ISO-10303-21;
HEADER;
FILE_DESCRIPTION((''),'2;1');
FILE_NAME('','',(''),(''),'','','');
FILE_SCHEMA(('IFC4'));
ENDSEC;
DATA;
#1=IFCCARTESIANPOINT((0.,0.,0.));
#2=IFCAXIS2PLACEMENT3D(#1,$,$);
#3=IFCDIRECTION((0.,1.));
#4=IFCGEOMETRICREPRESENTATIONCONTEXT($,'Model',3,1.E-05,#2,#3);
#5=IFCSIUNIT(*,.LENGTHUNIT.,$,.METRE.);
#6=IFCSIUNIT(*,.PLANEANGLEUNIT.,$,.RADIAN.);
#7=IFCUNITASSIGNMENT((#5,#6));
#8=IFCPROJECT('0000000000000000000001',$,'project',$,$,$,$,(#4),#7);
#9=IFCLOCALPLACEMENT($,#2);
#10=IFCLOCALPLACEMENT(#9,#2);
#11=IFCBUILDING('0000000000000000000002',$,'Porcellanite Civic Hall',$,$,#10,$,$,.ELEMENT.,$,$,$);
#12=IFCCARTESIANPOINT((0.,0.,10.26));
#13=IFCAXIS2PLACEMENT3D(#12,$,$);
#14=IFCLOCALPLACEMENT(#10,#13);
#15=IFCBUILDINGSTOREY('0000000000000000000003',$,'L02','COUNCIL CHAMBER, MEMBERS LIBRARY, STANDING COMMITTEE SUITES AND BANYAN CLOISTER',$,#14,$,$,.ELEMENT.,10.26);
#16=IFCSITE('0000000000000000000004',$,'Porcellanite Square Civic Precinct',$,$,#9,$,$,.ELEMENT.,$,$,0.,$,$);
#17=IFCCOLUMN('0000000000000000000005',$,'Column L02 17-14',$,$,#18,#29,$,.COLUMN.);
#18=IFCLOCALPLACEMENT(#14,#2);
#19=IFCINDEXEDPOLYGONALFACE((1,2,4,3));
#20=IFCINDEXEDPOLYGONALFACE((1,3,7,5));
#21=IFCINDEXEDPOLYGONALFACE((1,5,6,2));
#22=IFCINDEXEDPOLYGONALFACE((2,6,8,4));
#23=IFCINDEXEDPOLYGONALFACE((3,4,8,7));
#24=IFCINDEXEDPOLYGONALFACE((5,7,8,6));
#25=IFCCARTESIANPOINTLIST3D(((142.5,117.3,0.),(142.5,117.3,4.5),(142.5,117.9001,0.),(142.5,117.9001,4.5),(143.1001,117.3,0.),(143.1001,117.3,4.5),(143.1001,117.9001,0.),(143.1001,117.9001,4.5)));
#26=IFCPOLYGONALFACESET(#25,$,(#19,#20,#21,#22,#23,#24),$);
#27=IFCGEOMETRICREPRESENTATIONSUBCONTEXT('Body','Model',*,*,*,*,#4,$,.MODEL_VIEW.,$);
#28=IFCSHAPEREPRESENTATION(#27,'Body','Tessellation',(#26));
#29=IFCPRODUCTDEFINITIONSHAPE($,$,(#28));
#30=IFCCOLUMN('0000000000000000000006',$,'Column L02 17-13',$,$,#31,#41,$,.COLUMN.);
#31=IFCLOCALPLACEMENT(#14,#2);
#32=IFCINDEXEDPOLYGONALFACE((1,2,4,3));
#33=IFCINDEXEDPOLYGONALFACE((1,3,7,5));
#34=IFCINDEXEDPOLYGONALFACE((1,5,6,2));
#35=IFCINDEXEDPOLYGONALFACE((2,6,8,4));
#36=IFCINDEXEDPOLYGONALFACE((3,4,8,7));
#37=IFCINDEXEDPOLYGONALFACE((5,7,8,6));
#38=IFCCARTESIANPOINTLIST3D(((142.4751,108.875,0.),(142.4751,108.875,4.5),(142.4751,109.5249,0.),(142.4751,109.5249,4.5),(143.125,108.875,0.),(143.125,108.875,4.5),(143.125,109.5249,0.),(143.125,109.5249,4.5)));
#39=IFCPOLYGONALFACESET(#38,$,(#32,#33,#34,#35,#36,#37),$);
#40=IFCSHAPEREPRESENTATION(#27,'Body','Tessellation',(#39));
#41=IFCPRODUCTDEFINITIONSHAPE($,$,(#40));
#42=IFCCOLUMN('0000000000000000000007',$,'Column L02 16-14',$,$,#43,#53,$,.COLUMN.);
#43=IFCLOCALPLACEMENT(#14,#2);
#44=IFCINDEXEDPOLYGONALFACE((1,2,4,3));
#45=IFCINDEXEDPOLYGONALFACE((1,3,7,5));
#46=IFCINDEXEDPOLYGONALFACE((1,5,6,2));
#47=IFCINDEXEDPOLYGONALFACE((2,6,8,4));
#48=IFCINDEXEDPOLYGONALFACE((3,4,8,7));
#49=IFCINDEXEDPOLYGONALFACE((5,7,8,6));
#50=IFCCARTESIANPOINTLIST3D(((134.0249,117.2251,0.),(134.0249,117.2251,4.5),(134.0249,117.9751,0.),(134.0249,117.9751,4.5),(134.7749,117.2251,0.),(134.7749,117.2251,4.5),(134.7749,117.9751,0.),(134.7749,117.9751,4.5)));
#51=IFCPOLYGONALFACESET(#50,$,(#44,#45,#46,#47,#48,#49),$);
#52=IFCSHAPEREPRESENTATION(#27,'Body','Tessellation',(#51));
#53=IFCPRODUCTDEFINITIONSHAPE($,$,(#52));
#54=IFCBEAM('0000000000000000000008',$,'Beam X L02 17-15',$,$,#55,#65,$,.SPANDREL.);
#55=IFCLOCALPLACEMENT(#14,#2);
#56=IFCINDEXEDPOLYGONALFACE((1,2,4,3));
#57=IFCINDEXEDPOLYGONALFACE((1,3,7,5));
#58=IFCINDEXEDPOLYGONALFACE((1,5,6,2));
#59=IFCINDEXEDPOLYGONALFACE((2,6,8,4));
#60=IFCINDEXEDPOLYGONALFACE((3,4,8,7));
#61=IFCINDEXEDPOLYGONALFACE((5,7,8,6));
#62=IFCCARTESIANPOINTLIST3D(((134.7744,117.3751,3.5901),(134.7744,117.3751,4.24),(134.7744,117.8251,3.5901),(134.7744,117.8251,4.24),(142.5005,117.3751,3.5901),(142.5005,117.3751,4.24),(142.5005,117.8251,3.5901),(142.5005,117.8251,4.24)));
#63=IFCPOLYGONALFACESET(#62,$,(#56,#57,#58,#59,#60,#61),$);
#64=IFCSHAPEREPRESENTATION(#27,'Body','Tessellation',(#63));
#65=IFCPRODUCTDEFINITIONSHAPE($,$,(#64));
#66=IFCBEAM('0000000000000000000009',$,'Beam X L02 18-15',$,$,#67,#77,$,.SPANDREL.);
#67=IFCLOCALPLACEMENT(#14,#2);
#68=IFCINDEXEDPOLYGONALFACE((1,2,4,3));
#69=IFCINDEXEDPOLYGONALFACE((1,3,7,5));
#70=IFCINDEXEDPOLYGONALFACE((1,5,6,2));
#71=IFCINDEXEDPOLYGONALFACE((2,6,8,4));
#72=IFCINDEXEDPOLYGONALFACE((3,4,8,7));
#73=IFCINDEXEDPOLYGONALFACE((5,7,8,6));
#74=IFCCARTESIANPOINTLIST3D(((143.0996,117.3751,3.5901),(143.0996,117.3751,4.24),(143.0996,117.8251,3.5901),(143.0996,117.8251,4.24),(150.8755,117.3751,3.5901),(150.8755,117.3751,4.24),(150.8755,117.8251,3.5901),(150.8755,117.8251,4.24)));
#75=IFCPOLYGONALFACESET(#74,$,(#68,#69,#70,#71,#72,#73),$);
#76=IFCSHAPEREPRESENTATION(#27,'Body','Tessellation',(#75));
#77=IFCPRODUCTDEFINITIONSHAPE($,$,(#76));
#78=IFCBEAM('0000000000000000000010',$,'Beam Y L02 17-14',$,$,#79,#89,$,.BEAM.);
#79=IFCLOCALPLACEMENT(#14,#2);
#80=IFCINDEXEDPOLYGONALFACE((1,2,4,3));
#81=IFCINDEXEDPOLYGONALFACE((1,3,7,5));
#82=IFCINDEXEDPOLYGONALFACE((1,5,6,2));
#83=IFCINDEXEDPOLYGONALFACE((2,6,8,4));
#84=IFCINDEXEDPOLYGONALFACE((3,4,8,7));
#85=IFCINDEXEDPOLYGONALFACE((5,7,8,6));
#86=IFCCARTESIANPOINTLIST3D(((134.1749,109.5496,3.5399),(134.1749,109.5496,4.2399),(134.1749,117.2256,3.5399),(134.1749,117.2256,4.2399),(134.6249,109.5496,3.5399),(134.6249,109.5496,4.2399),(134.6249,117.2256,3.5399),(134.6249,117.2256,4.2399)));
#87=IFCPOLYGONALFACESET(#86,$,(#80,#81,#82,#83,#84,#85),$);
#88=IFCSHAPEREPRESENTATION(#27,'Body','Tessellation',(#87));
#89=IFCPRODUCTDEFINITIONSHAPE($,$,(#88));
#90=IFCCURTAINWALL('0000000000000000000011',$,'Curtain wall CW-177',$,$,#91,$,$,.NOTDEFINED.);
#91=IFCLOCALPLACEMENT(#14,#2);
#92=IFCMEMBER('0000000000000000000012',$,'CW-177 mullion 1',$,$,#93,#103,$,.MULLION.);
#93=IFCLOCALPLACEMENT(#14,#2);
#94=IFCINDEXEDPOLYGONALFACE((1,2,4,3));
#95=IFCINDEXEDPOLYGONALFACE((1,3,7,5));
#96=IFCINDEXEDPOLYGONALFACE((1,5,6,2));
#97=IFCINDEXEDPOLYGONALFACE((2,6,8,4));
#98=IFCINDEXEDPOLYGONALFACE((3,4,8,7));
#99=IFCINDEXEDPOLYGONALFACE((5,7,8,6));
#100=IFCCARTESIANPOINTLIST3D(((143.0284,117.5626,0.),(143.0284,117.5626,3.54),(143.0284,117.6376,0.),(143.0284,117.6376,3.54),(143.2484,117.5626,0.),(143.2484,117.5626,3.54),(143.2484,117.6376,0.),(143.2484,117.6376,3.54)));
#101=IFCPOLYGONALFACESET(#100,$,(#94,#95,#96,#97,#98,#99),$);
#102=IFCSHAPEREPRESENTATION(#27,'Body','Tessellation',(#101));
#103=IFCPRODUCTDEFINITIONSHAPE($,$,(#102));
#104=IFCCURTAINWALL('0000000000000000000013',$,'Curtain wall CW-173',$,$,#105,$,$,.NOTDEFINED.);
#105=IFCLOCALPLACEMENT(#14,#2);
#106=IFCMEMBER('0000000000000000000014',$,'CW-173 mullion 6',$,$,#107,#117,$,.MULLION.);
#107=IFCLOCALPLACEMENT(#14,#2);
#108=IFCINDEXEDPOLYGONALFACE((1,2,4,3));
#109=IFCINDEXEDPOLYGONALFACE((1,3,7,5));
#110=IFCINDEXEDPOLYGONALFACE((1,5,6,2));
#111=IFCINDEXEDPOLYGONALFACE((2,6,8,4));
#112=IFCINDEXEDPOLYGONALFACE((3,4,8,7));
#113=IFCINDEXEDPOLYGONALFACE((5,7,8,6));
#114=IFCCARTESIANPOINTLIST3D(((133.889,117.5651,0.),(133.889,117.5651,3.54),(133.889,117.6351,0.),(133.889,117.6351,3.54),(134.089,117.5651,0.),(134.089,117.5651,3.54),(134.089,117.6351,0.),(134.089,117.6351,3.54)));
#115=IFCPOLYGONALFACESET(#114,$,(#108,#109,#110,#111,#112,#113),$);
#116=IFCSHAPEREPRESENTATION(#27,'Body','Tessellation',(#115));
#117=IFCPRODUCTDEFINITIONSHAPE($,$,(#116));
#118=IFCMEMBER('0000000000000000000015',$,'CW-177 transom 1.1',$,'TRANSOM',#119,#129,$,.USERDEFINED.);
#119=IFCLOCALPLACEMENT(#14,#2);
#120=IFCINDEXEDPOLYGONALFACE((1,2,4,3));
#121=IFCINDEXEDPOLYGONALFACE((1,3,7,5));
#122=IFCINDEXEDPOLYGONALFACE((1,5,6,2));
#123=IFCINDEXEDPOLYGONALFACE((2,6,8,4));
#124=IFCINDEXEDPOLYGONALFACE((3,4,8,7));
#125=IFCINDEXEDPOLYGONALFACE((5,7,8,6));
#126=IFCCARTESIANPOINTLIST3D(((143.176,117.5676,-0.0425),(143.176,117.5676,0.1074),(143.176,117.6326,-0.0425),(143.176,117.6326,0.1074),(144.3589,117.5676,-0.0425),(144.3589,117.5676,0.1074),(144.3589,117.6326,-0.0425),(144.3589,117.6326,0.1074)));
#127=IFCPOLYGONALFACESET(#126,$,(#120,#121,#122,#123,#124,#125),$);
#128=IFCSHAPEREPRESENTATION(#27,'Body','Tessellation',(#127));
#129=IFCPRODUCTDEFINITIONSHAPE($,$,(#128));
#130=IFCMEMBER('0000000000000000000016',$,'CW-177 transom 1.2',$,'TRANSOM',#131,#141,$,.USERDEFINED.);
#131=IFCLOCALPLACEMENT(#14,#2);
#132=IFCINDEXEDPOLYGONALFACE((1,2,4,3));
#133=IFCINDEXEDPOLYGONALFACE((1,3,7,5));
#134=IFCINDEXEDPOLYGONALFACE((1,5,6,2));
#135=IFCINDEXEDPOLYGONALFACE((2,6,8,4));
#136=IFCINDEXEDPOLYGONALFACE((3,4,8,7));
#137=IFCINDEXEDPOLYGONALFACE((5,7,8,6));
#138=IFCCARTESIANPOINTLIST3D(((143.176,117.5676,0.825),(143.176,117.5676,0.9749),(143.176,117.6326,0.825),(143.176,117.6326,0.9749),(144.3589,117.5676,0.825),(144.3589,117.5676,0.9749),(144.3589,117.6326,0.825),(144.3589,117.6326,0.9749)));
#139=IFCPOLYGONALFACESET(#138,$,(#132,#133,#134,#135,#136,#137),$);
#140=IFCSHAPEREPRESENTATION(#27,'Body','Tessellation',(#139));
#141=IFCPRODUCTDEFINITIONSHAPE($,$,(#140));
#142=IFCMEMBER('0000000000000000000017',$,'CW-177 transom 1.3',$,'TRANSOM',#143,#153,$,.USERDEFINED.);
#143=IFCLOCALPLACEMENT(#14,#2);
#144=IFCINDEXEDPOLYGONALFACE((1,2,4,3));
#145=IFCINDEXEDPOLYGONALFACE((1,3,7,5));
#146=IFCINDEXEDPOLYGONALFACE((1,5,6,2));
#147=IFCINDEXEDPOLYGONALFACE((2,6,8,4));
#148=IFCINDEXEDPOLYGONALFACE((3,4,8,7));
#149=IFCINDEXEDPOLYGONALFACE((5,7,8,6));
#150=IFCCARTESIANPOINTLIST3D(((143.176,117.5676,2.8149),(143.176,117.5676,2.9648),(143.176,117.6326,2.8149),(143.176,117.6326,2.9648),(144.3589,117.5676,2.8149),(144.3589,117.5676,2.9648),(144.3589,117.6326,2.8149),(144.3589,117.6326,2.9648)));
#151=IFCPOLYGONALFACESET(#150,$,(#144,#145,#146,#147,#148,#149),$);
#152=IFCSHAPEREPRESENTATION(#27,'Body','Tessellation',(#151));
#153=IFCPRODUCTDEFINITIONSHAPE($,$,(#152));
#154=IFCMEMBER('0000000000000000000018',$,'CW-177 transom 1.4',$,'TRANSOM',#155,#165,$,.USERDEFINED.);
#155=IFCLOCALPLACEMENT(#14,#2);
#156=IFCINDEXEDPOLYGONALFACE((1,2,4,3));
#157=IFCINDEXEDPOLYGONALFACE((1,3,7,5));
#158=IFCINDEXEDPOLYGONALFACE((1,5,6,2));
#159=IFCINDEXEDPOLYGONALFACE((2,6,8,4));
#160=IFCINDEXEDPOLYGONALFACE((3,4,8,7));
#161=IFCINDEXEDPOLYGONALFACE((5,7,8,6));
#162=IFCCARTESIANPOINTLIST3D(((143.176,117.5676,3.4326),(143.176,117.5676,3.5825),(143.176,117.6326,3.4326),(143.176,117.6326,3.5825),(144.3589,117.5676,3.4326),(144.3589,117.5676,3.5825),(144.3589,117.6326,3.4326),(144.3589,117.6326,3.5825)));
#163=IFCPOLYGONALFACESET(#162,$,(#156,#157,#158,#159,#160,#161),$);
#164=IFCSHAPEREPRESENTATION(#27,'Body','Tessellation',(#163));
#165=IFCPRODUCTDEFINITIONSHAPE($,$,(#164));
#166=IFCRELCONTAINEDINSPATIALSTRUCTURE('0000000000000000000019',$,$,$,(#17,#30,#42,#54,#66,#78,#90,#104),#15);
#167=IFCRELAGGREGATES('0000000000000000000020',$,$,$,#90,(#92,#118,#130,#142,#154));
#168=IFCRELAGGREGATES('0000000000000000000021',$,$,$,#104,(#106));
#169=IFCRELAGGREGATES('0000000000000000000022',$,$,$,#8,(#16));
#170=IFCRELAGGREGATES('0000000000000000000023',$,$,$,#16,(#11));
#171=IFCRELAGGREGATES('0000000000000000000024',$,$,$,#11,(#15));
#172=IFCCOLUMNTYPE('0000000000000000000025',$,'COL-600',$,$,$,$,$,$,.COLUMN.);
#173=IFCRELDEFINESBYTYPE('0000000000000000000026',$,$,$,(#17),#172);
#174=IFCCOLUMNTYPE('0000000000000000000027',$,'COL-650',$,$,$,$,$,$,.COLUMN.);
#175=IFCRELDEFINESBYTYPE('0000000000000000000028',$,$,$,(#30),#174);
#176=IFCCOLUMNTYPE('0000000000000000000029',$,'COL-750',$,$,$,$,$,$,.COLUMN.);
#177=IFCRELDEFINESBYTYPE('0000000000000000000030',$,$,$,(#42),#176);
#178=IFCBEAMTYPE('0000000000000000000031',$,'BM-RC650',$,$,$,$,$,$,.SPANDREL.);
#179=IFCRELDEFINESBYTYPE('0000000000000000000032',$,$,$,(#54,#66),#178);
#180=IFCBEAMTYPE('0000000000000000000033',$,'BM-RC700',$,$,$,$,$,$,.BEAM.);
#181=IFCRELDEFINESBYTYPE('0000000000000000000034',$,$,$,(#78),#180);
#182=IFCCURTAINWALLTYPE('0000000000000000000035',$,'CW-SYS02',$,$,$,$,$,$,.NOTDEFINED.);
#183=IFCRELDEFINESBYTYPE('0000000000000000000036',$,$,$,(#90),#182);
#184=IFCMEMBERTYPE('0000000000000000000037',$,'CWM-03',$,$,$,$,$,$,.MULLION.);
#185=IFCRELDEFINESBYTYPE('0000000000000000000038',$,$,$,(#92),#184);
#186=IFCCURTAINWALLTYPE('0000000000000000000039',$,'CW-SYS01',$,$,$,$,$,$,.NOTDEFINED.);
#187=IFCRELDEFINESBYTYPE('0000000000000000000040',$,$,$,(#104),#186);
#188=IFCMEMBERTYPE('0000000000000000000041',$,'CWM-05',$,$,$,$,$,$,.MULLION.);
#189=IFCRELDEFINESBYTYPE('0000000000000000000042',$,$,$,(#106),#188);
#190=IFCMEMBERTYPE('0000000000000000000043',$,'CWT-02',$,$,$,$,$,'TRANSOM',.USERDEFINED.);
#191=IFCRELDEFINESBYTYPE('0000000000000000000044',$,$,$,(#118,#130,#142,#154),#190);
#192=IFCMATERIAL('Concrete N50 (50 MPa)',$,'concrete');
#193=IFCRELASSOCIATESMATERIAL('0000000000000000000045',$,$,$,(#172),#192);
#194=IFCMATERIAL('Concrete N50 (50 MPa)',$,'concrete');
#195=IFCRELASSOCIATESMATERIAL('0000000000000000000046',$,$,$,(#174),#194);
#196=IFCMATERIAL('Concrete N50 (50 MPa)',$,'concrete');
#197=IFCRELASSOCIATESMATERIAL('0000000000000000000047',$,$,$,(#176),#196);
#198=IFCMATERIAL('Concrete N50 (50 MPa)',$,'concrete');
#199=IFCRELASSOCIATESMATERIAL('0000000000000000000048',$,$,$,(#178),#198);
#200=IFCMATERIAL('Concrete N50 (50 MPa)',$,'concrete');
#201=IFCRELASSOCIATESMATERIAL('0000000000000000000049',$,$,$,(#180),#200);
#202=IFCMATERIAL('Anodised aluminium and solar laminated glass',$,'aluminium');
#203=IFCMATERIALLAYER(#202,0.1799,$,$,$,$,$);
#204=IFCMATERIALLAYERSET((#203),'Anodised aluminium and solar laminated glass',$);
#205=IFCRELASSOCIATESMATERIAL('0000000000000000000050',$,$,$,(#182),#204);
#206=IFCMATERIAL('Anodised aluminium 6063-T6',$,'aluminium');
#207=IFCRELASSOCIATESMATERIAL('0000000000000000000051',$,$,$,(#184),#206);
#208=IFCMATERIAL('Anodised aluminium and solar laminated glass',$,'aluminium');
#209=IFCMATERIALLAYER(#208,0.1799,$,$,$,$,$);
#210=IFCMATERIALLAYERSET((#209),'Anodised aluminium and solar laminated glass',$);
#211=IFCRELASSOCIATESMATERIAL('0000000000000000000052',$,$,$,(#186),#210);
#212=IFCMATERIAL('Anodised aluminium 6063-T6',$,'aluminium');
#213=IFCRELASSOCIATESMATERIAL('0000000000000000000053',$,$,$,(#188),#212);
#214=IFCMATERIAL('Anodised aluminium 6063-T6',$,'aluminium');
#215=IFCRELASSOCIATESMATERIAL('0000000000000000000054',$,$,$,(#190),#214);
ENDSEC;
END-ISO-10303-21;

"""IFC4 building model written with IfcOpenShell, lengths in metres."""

from ifc_helpers import new_model, si_unit, direction, frame, origin, origin_2d, place, context, subcontext, project, spatial, rectangle, extrude, material, layer, layer_set, material_profile, profile_set, type_object, element, aggregate, save


model = new_model("IFC4")

# Units and contexts
model_context = context("Model", 3, precision=1e-05, world=origin(), true_north=direction((0.0, 1.0)))
body_context = subcontext(model_context, "Body", "Model", "MODEL_VIEW")
ifc_project = project(units=[si_unit("LENGTHUNIT", "METRE"), si_unit("PLANEANGLEUNIT", "RADIAN")], contexts=[model_context])

# Site, building, storey
site_placement = place(None, origin())
site = spatial("IfcSite", under=ifc_project, at=site_placement, Name="Porcellanite Square Civic Precinct", CompositionType="ELEMENT", RefElevation=0.0)
building_placement = place(site_placement, origin())
building = spatial("IfcBuilding", under=site, at=building_placement, Name="Porcellanite Civic Hall", CompositionType="ELEMENT")
storey_placement = place(building_placement, frame((0.0, 0.0, 10.26)))
storey = spatial("IfcBuildingStorey", under=building, at=storey_placement, Name="L02", Description="COUNCIL CHAMBER, MEMBERS LIBRARY, STANDING COMMITTEE SUITES AND BANYAN CLOISTER", CompositionType="ELEMENT", Elevation=10.26)

# Columns
ifc_material_1 = material(Name="Concrete N50 (50 MPa)", Category="concrete")
ifc_material_profile_1 = material_profile(ifc_material_1, rectangle(XDim=0.6001, YDim=0.6001, at=origin_2d()), Name="RC-600x600")
ifc_profile_set_1 = profile_set([ifc_material_profile_1], Name="Concrete N50 (50 MPa)")
column_type_1 = type_object("IfcColumnType", Name="COL-600", PredefinedType="COLUMN", material=ifc_profile_set_1)
column_1_placement = place(storey_placement, frame((142.8, 117.6001, 0.0), z_axis=(0.0, 0.0, 1.0), x_axis=(1.0, 0.0, 0.0)))
element("IfcColumn", 1, at=column_1_placement, inside=storey, type_object=column_type_1, Name="Column L02 17-14", PredefinedType="COLUMN", context=body_context, shape_type="SweptSolid", body=[
    extrude(rectangle(XDim=0.6001, YDim=0.6001, at=origin_2d()), origin(), (0.0, 0.0, 1.0), 4.5),
])
ifc_material_2 = material(Name="Concrete N50 (50 MPa)", Category="concrete")
ifc_material_profile_2 = material_profile(ifc_material_2, rectangle(XDim=0.6499, YDim=0.6499, at=origin_2d()), Name="RC-650x650")
ifc_profile_set_2 = profile_set([ifc_material_profile_2], Name="Concrete N50 (50 MPa)")
column_type_2 = type_object("IfcColumnType", Name="COL-650", PredefinedType="COLUMN", material=ifc_profile_set_2)
column_2_placement = place(storey_placement, frame((142.8, 109.2, 0.0), z_axis=(0.0, 0.0, 1.0), x_axis=(1.0, 0.0, 0.0)))
element("IfcColumn", 2, at=column_2_placement, inside=storey, type_object=column_type_2, Name="Column L02 17-13", PredefinedType="COLUMN", context=body_context, shape_type="SweptSolid", body=[
    extrude(rectangle(XDim=0.6499, YDim=0.6499, at=origin_2d()), origin(), (0.0, 0.0, 1.0), 4.5),
])
ifc_material_3 = material(Name="Concrete N50 (50 MPa)", Category="concrete")
ifc_material_profile_3 = material_profile(ifc_material_3, rectangle(XDim=0.75, YDim=0.75, at=origin_2d()), Name="RC-750x750")
ifc_profile_set_3 = profile_set([ifc_material_profile_3], Name="Concrete N50 (50 MPa)")
column_type_3 = type_object("IfcColumnType", Name="COL-750", PredefinedType="COLUMN", material=ifc_profile_set_3)
column_3_placement = place(storey_placement, frame((134.3999, 117.6001, 0.0), z_axis=(0.0, 0.0, 1.0), x_axis=(1.0, 0.0, 0.0)))
element("IfcColumn", 3, at=column_3_placement, inside=storey, type_object=column_type_3, Name="Column L02 16-14", PredefinedType="COLUMN", context=body_context, shape_type="SweptSolid", body=[
    extrude(rectangle(XDim=0.75, YDim=0.75, at=origin_2d()), origin(), (0.0, 0.0, 1.0), 4.5),
])

# Beams
ifc_material_4 = material(Name="Concrete N50 (50 MPa)", Category="concrete")
ifc_material_profile_4 = material_profile(ifc_material_4, rectangle(XDim=0.45, YDim=0.6499, at=origin_2d()), Name="RC-450x650")
ifc_profile_set_4 = profile_set([ifc_material_profile_4], Name="Concrete N50 (50 MPa)")
beam_type_1 = type_object("IfcBeamType", Name="BM-RC650", PredefinedType="SPANDREL", material=ifc_profile_set_4)
beam_1_placement = place(storey_placement, frame((134.7744, 117.6001, 3.915), z_axis=(1.0, 0.0, 0.0), x_axis=(0.0, 1.0, 0.0)))
element("IfcBeam", 4, at=beam_1_placement, inside=storey, type_object=beam_type_1, Name="Beam X L02 17-15", PredefinedType="SPANDREL", context=body_context, shape_type="SweptSolid", body=[
    extrude(rectangle(XDim=0.45, YDim=0.6499, at=origin_2d()), origin(), (0.0, 0.0, 1.0), 7.7261),
])
beam_2_placement = place(storey_placement, frame((143.0996, 117.6001, 3.915), z_axis=(1.0, 0.0, 0.0), x_axis=(0.0, 1.0, 0.0)))
element("IfcBeam", 5, at=beam_2_placement, inside=storey, type_object=beam_type_1, Name="Beam X L02 18-15", PredefinedType="SPANDREL", context=body_context, shape_type="SweptSolid", body=[
    extrude(rectangle(XDim=0.45, YDim=0.6499, at=origin_2d()), origin(), (0.0, 0.0, 1.0), 7.7759),
])
ifc_material_5 = material(Name="Concrete N50 (50 MPa)", Category="concrete")
ifc_material_profile_5 = material_profile(ifc_material_5, rectangle(XDim=0.45, YDim=0.7, at=origin_2d()), Name="RC-450x700")
ifc_profile_set_5 = profile_set([ifc_material_profile_5], Name="Concrete N50 (50 MPa)")
beam_type_2 = type_object("IfcBeamType", Name="BM-RC700", PredefinedType="BEAM", material=ifc_profile_set_5)
beam_3_placement = place(storey_placement, frame((134.3999, 109.5496, 3.8899), z_axis=(0.0, 1.0, 0.0), x_axis=(-1.0, 0.0, 0.0)))
element("IfcBeam", 6, at=beam_3_placement, inside=storey, type_object=beam_type_2, Name="Beam Y L02 17-14", PredefinedType="BEAM", context=body_context, shape_type="SweptSolid", body=[
    extrude(rectangle(XDim=0.45, YDim=0.7, at=origin_2d()), origin(), (0.0, 0.0, 1.0), 7.676),
])

# Curtain walls, members
ifc_material_6 = material(Name="Anodised aluminium and solar laminated glass", Category="aluminium")
ifc_layer_1 = layer(ifc_material_6, 0.1799)
ifc_layer_set_1 = layer_set([ifc_layer_1], Name="Anodised aluminium and solar laminated glass")
curtain_wall_type_1 = type_object("IfcCurtainWallType", Name="CW-SYS02", PredefinedType="NOTDEFINED", material=ifc_layer_set_1)
curtain_wall_1_placement = place(storey_placement, origin())
curtain_wall_1 = element("IfcCurtainWall", 7, at=curtain_wall_1_placement, inside=storey, type_object=curtain_wall_type_1, Name="Curtain wall CW-177", PredefinedType="NOTDEFINED")
ifc_material_7 = material(Name="Anodised aluminium 6063-T6", Category="aluminium")
ifc_material_profile_6 = material_profile(ifc_material_7, rectangle(XDim=0.075, YDim=0.22, at=origin_2d()), Name="AL-75x220")
ifc_profile_set_6 = profile_set([ifc_material_profile_6], Name="Anodised aluminium 6063-T6")
member_type_1 = type_object("IfcMemberType", Name="CWM-03", PredefinedType="MULLION", material=ifc_profile_set_6)
member_1_placement = place(storey_placement, frame((143.1384, 117.6001, 0.0), z_axis=(0.0, 0.0, 1.0), x_axis=(0.0, 1.0, 0.0)))
member_1 = element("IfcMember", 8, at=member_1_placement, type_object=member_type_1, Name="CW-177 mullion 1", PredefinedType="MULLION", context=body_context, shape_type="SweptSolid", body=[
    extrude(rectangle(XDim=0.075, YDim=0.22, at=origin_2d()), origin(), (0.0, 0.0, 1.0), 3.54),
])
ifc_material_8 = material(Name="Anodised aluminium and solar laminated glass", Category="aluminium")
ifc_layer_2 = layer(ifc_material_8, 0.1799)
ifc_layer_set_2 = layer_set([ifc_layer_2], Name="Anodised aluminium and solar laminated glass")
curtain_wall_type_2 = type_object("IfcCurtainWallType", Name="CW-SYS01", PredefinedType="NOTDEFINED", material=ifc_layer_set_2)
curtain_wall_2_placement = place(storey_placement, origin())
curtain_wall_2 = element("IfcCurtainWall", 9, at=curtain_wall_2_placement, inside=storey, type_object=curtain_wall_type_2, Name="Curtain wall CW-173", PredefinedType="NOTDEFINED")
ifc_material_9 = material(Name="Anodised aluminium 6063-T6", Category="aluminium")
ifc_material_profile_7 = material_profile(ifc_material_9, rectangle(XDim=0.0701, YDim=0.2, at=origin_2d()), Name="AL-70x200")
ifc_profile_set_7 = profile_set([ifc_material_profile_7], Name="Anodised aluminium 6063-T6")
member_type_2 = type_object("IfcMemberType", Name="CWM-05", PredefinedType="MULLION", material=ifc_profile_set_7)
member_2_placement = place(storey_placement, frame((133.989, 117.6001, 0.0), z_axis=(0.0, 0.0, 1.0), x_axis=(0.0, 1.0, 0.0)))
member_2 = element("IfcMember", 10, at=member_2_placement, type_object=member_type_2, Name="CW-173 mullion 6", PredefinedType="MULLION", context=body_context, shape_type="SweptSolid", body=[
    extrude(rectangle(XDim=0.0701, YDim=0.2, at=origin_2d()), origin(), (0.0, 0.0, 1.0), 3.54),
])

# Members
ifc_material_10 = material(Name="Anodised aluminium 6063-T6", Category="aluminium")
ifc_material_profile_8 = material_profile(ifc_material_10, rectangle(XDim=0.0649, YDim=0.1499, at=origin_2d()), Name="AL-65x150")
ifc_profile_set_8 = profile_set([ifc_material_profile_8], Name="Anodised aluminium 6063-T6")
member_type_3 = type_object("IfcMemberType", Name="CWT-02", ElementType="TRANSOM", PredefinedType="USERDEFINED", material=ifc_profile_set_8)
member_3_placement = place(storey_placement, frame((143.176, 117.6001, 0.0325), z_axis=(1.0, 0.0, 0.0), x_axis=(0.0, 1.0, 0.0)))
member_3 = element("IfcMember", 11, at=member_3_placement, type_object=member_type_3, Name="CW-177 transom 1.1", ObjectType="TRANSOM", PredefinedType="USERDEFINED", context=body_context, shape_type="SweptSolid", body=[
    extrude(rectangle(XDim=0.0649, YDim=0.1499, at=origin_2d()), origin(), (0.0, 0.0, 1.0), 1.1829),
])
member_4_placement = place(storey_placement, frame((143.176, 117.6001, 0.8999), z_axis=(1.0, 0.0, 0.0), x_axis=(0.0, 1.0, 0.0)))
member_4 = element("IfcMember", 12, at=member_4_placement, type_object=member_type_3, Name="CW-177 transom 1.2", ObjectType="TRANSOM", PredefinedType="USERDEFINED", context=body_context, shape_type="SweptSolid", body=[
    extrude(rectangle(XDim=0.0649, YDim=0.1499, at=origin_2d()), origin(), (0.0, 0.0, 1.0), 1.1829),
])
member_5_placement = place(storey_placement, frame((143.176, 117.6001, 2.8899), z_axis=(1.0, 0.0, 0.0), x_axis=(0.0, 1.0, 0.0)))
member_5 = element("IfcMember", 13, at=member_5_placement, type_object=member_type_3, Name="CW-177 transom 1.3", ObjectType="TRANSOM", PredefinedType="USERDEFINED", context=body_context, shape_type="SweptSolid", body=[
    extrude(rectangle(XDim=0.0649, YDim=0.1499, at=origin_2d()), origin(), (0.0, 0.0, 1.0), 1.1829),
])
member_6_placement = place(storey_placement, frame((143.176, 117.6001, 3.5076), z_axis=(1.0, 0.0, 0.0), x_axis=(0.0, 1.0, 0.0)))
member_6 = element("IfcMember", 14, at=member_6_placement, type_object=member_type_3, Name="CW-177 transom 1.4", ObjectType="TRANSOM", PredefinedType="USERDEFINED", context=body_context, shape_type="SweptSolid", body=[
    extrude(rectangle(XDim=0.0649, YDim=0.1499, at=origin_2d()), origin(), (0.0, 0.0, 1.0), 1.1829),
])

aggregate(curtain_wall_1, [member_1, member_3, member_4, member_5, member_6])
aggregate(curtain_wall_2, [member_2])

save(model, "model.ifc")
